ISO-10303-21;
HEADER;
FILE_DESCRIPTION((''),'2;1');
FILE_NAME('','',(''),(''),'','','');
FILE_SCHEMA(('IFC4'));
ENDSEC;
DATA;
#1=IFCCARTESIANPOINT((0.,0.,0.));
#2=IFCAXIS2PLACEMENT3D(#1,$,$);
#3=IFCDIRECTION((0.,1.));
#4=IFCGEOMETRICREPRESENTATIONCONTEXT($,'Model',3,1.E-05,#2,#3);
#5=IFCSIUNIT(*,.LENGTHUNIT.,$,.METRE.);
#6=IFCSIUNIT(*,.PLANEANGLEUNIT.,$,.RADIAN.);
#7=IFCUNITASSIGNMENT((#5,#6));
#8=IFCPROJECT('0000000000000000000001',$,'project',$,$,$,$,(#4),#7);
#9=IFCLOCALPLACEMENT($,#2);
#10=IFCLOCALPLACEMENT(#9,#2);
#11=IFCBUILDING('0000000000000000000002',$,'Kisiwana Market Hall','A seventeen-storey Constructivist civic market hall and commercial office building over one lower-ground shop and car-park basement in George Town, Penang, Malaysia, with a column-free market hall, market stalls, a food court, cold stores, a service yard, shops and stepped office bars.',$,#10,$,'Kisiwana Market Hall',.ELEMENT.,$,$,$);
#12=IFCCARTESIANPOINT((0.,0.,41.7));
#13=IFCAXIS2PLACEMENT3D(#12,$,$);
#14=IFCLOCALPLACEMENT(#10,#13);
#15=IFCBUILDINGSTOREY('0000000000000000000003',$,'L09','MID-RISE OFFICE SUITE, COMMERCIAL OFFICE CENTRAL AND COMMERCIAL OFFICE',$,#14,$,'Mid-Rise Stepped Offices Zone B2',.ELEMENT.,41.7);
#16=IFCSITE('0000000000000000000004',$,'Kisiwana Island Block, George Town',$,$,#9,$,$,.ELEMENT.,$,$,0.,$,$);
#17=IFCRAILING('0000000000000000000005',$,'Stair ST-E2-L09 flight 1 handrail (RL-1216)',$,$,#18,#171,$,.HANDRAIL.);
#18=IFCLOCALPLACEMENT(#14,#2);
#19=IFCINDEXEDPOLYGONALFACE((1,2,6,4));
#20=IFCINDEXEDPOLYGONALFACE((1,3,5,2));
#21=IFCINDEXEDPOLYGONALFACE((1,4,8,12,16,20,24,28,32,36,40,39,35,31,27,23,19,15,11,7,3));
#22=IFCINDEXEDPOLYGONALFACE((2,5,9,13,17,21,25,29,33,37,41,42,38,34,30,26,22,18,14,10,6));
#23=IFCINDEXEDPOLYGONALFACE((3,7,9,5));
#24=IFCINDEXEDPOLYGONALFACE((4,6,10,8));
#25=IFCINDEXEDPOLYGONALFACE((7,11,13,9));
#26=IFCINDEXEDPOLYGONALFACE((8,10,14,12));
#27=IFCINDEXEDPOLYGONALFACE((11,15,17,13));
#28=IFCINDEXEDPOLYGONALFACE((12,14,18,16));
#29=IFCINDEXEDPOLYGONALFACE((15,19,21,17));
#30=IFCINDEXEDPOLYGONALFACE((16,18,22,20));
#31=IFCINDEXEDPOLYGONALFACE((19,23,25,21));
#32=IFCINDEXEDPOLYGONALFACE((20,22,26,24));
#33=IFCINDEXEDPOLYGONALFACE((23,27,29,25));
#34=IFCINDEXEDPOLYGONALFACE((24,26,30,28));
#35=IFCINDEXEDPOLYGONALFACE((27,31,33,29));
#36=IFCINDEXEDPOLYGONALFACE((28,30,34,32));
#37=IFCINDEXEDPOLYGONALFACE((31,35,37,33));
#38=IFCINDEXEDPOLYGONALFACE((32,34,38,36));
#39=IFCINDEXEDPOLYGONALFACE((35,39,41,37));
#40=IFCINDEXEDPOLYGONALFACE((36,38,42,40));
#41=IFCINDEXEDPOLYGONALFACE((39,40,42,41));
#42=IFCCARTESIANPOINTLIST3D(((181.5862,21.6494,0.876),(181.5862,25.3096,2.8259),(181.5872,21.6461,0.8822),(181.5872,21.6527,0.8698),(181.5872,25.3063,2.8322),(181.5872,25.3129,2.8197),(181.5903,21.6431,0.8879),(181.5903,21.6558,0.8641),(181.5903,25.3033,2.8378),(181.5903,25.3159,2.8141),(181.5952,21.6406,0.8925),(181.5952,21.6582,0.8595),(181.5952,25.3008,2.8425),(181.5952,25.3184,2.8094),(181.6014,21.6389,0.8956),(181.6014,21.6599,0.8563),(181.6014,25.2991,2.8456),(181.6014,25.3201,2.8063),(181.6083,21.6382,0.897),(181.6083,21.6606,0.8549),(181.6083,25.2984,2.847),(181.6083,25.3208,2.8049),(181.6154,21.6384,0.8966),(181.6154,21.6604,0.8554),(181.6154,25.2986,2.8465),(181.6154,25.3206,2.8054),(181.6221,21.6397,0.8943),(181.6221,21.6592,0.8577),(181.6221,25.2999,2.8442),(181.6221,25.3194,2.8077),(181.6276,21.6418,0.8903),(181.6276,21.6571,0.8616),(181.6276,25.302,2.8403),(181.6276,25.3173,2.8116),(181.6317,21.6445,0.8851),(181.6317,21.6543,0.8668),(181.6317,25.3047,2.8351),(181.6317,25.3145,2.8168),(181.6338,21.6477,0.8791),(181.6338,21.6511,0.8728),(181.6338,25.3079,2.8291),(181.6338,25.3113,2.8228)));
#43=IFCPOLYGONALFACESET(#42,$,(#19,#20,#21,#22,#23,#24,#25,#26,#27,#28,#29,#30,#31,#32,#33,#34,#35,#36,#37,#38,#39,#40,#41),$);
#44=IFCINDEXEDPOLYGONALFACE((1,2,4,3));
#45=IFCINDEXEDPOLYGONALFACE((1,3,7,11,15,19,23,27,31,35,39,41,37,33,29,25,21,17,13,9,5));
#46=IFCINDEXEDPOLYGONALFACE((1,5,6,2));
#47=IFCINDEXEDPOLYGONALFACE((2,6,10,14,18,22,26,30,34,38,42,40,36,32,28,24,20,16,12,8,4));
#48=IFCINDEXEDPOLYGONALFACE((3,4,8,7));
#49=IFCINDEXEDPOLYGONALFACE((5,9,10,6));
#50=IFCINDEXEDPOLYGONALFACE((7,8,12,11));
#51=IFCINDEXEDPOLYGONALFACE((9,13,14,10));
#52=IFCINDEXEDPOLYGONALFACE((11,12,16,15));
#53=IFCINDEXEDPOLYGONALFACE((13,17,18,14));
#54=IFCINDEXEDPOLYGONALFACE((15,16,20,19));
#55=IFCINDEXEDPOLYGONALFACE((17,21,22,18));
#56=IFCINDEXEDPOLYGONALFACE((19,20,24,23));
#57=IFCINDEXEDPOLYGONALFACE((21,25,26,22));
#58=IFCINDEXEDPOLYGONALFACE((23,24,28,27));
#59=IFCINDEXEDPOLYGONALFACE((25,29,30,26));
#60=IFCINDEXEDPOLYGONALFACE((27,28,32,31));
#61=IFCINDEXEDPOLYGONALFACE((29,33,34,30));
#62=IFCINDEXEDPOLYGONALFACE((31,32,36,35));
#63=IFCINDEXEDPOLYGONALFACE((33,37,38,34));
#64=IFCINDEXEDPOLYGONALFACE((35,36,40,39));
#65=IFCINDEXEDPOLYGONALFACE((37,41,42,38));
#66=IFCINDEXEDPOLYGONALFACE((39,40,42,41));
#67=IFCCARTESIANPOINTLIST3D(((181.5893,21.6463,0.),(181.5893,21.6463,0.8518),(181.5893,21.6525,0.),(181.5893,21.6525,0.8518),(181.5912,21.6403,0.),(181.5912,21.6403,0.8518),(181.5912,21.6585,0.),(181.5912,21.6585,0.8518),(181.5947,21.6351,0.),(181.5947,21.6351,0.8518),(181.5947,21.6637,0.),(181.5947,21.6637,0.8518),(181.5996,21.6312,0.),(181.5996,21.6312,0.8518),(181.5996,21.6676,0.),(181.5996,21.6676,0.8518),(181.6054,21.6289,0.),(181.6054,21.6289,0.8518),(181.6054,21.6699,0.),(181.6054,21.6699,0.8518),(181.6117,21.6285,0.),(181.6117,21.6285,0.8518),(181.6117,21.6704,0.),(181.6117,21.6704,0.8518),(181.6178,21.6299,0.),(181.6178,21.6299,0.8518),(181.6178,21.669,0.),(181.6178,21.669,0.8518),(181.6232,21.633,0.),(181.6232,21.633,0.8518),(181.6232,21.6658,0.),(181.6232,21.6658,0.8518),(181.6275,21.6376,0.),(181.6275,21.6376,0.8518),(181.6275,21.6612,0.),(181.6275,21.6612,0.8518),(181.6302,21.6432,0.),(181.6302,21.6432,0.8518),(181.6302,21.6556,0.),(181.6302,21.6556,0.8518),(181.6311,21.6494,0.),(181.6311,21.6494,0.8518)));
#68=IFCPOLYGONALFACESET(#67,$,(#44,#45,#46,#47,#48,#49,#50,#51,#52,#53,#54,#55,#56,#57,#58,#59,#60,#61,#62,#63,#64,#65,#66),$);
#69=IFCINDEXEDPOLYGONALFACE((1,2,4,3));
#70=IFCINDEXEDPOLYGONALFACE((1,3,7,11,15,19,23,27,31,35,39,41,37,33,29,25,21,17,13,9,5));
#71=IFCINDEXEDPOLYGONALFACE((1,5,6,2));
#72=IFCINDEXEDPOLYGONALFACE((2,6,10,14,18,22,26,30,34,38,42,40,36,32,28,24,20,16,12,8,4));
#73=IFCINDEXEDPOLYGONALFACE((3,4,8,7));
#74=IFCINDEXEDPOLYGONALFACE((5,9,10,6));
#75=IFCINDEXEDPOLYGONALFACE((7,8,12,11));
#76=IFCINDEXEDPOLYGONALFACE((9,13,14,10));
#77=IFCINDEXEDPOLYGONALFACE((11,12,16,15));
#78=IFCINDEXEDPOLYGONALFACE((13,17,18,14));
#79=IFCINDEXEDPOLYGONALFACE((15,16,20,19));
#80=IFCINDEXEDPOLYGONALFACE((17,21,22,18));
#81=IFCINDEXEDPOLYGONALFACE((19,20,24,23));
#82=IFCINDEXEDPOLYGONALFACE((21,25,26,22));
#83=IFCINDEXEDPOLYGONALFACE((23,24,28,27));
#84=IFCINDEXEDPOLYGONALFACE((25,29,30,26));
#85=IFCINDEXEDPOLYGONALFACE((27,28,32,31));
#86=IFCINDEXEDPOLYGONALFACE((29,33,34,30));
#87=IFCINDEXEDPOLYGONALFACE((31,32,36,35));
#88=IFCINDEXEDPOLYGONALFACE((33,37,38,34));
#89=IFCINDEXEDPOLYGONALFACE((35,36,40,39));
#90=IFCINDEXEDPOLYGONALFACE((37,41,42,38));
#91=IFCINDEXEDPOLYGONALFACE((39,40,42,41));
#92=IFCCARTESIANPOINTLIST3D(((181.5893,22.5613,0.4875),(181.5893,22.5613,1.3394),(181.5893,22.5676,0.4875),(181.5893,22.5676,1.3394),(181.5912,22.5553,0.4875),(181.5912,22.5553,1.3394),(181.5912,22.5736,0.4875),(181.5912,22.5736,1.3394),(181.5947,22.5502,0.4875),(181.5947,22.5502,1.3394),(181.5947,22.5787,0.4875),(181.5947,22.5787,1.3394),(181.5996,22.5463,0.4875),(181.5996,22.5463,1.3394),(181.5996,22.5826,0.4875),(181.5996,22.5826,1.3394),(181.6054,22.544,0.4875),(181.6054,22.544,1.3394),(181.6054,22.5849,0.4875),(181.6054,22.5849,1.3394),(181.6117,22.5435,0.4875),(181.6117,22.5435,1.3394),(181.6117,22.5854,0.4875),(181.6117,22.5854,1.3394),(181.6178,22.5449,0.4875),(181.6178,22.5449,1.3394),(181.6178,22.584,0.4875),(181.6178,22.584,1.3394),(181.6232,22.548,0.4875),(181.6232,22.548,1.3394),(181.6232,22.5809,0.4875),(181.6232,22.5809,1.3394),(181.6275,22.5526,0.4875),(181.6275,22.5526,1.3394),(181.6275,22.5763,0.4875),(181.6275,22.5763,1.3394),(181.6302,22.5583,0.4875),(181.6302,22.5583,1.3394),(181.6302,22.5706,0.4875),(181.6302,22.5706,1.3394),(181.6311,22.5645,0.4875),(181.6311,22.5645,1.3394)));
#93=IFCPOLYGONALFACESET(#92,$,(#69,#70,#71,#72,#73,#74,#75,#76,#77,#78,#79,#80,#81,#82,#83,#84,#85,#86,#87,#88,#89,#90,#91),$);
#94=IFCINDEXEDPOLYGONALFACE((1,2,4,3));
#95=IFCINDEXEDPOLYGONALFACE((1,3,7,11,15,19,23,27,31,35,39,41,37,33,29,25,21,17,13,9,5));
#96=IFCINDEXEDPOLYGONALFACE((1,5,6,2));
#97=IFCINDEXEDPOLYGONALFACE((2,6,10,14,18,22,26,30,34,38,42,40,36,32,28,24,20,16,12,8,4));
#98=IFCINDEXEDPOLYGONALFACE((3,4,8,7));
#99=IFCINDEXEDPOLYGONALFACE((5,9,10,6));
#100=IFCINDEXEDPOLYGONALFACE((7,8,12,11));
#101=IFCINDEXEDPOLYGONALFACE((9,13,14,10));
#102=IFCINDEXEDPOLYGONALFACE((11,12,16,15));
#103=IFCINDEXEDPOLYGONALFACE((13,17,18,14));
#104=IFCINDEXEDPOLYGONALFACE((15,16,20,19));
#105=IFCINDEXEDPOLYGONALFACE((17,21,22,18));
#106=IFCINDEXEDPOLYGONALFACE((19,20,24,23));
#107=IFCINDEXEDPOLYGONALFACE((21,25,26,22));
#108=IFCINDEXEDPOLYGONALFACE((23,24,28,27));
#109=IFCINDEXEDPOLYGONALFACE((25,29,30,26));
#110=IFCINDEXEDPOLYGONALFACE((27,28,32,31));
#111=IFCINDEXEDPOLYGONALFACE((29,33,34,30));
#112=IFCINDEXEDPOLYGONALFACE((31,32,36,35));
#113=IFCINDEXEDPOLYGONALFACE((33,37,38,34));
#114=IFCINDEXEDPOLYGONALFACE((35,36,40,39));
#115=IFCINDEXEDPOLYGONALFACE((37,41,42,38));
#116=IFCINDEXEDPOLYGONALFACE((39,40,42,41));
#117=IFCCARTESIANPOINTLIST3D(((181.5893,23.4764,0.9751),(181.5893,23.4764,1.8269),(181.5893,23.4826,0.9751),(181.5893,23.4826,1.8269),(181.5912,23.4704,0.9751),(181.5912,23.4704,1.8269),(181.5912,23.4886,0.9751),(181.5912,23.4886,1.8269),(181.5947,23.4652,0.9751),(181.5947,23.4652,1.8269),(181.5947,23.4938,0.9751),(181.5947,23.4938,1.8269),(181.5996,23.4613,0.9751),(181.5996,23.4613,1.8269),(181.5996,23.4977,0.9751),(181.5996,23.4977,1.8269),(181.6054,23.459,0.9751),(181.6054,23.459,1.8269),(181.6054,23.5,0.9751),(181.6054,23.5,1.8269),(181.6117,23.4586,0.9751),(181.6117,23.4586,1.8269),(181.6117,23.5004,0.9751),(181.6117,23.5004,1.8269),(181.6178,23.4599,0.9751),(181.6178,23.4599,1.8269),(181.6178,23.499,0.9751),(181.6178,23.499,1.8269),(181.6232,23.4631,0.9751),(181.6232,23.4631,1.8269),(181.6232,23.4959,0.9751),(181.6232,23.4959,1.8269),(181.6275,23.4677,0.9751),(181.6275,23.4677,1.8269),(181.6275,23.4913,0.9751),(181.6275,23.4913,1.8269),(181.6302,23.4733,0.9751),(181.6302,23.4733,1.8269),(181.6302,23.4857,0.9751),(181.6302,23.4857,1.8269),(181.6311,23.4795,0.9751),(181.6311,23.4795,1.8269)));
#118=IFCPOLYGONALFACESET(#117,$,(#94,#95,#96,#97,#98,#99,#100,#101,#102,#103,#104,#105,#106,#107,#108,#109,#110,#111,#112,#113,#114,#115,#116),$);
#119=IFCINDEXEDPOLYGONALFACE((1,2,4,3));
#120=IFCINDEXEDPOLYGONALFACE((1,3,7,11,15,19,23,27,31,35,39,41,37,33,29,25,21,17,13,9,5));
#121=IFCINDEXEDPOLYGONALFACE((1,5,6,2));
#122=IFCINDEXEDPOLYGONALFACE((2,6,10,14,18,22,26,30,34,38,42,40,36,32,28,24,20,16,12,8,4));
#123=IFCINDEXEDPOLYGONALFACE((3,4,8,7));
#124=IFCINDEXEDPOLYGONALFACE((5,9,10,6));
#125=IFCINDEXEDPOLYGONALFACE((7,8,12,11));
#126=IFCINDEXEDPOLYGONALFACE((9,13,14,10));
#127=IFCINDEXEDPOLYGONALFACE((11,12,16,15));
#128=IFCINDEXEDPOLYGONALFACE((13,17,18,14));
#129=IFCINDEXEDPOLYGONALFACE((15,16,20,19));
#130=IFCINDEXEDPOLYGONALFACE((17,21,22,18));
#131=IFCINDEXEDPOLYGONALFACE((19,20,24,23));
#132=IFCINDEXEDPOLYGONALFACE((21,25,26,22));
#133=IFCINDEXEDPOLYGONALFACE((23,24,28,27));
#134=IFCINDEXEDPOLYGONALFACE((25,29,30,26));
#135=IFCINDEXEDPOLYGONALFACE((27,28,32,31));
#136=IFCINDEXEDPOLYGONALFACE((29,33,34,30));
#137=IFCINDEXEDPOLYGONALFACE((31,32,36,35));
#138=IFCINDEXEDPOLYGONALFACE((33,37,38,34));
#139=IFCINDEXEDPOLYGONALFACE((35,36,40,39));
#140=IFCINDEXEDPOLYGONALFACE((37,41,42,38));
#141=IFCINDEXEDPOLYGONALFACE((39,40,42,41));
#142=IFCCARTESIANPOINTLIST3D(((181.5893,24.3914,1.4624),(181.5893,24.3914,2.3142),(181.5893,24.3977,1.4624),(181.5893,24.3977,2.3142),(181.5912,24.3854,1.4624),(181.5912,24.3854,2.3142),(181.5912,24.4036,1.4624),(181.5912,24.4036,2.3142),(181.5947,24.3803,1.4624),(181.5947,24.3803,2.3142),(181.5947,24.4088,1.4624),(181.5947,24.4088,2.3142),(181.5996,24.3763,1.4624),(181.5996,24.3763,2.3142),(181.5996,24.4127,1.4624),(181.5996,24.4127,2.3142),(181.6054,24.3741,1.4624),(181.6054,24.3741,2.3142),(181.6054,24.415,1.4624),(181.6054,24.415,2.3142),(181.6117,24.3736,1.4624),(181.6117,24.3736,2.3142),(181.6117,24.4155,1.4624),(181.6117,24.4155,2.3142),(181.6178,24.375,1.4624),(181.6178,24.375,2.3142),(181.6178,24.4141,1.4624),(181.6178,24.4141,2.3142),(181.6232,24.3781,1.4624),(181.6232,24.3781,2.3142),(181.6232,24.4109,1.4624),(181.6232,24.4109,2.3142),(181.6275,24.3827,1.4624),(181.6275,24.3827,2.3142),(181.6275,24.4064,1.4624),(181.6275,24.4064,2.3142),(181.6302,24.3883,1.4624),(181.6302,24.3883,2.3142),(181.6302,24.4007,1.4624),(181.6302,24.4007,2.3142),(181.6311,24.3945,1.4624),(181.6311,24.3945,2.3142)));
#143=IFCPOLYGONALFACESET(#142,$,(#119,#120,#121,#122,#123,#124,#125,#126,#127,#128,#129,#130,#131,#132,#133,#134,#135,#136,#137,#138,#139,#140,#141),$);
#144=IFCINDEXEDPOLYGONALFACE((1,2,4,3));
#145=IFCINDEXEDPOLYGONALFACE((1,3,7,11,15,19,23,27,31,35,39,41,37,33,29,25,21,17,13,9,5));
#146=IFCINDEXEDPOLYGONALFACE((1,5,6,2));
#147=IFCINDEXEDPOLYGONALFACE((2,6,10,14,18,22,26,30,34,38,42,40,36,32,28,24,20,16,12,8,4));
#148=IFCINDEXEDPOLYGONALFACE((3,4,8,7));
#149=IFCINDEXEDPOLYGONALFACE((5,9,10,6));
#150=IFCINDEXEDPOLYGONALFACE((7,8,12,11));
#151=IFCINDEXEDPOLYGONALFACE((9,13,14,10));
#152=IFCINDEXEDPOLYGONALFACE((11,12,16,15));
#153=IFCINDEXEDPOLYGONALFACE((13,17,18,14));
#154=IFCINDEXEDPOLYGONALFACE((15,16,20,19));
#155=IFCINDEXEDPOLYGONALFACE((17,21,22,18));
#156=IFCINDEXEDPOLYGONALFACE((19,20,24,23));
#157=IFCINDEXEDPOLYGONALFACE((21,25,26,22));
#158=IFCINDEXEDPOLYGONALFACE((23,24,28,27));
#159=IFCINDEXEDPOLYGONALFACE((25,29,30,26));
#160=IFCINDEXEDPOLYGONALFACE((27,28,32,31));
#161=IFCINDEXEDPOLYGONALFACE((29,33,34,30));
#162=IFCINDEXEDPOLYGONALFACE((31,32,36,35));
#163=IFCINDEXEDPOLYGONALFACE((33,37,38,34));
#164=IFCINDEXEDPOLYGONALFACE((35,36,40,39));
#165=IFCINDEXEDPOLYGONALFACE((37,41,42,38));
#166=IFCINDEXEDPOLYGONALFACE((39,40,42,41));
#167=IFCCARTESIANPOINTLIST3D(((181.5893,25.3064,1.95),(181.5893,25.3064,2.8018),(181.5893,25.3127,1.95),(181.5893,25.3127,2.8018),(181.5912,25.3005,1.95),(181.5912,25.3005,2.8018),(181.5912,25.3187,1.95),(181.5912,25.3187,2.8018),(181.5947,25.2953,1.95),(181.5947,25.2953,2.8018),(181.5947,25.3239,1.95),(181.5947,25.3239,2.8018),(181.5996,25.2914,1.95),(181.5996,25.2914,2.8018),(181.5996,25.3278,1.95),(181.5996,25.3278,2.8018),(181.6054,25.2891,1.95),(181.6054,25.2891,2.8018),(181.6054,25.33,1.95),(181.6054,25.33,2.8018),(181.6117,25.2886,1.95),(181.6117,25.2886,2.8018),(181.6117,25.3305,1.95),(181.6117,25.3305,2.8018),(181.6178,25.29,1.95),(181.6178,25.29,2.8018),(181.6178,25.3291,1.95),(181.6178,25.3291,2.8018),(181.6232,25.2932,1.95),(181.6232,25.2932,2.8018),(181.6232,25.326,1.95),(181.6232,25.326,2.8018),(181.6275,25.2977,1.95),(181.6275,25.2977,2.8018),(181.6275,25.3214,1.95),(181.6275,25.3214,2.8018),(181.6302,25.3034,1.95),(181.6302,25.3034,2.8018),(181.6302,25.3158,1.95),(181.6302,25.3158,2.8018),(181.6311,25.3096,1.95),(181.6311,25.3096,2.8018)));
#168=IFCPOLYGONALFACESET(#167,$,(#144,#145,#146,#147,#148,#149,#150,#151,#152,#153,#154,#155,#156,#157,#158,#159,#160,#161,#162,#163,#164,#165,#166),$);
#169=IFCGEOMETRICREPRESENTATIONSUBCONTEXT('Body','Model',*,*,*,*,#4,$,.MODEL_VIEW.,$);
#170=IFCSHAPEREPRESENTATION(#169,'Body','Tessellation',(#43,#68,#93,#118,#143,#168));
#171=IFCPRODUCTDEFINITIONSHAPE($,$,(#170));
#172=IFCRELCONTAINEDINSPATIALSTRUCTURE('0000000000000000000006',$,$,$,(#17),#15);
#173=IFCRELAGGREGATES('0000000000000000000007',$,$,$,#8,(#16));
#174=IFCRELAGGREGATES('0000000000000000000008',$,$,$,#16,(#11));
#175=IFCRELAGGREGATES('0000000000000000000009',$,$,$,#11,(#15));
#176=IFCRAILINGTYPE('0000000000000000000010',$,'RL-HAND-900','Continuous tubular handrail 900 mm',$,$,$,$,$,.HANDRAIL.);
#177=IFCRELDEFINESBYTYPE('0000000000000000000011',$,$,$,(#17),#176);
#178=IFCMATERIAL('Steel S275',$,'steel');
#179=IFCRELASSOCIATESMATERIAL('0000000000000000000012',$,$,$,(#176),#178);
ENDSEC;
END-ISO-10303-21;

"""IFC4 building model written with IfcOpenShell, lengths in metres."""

from ifc_helpers import new_model, si_unit, direction, frame, origin, origin_2d, place, context, subcontext, project, spatial, circle, extrude, material, type_object, element, save


model = new_model("IFC4")

# Units and contexts
model_context = context("Model", 3, precision=1e-05, world=origin(), true_north=direction((0.0, 1.0)))
body_context = subcontext(model_context, "Body", "Model", "MODEL_VIEW")
ifc_project = project(units=[si_unit("LENGTHUNIT", "METRE"), si_unit("PLANEANGLEUNIT", "RADIAN")], contexts=[model_context])

# Site, building, storey
site_placement = place(None, origin())
site = spatial("IfcSite", under=ifc_project, at=site_placement, Name="Kisiwana Island Block, George Town", CompositionType="ELEMENT", RefElevation=0.0)
building_placement = place(site_placement, origin())
building = spatial("IfcBuilding", under=site, at=building_placement, Name="Kisiwana Market Hall", Description="A seventeen-storey Constructivist civic market hall and commercial office building over one lower-ground shop and car-park basement in George Town, Penang, Malaysia, with a column-free market hall, market stalls, a food court, cold stores, a service yard, shops and stepped office bars.", LongName="Kisiwana Market Hall", CompositionType="ELEMENT")
storey_placement = place(building_placement, frame((0.0, 0.0, 41.7)))
storey = spatial("IfcBuildingStorey", under=building, at=storey_placement, Name="L09", Description="MID-RISE OFFICE SUITE, COMMERCIAL OFFICE CENTRAL AND COMMERCIAL OFFICE", LongName="Mid-Rise Stepped Offices Zone B2", CompositionType="ELEMENT", Elevation=41.7)

# Railing
ifc_material_1 = material(Name="Steel S275", Category="steel")
railing_type_1 = type_object("IfcRailingType", Name="RL-HAND-900", Description="Continuous tubular handrail 900 mm", PredefinedType="HANDRAIL", material=ifc_material_1)
railing_1_placement = place(storey_placement, frame((181.6101, 21.6494, 0.0)))
element("IfcRailing", 1, at=railing_1_placement, inside=storey, type_object=railing_type_1, Name="Stair ST-E2-L09 flight 1 handrail (RL-1216)", PredefinedType="HANDRAIL", context=body_context, shape_type="SweptSolid", body=[
    extrude(circle(Radius=0.0239, at=origin_2d()), frame((0.0, 0.0, 0.876), z_axis=(0.0, 0.882566, 0.470188), x_axis=(-1.0, 0.0, 0.0)), (0.0, 0.0, 1.0), 4.1472),
    extrude(circle(Radius=0.021, at=origin_2d()), origin(), (0.0, 0.0, 1.0), 0.8518),
    extrude(circle(Radius=0.021, at=origin_2d()), frame((0.0, 0.915, 0.4875)), (0.0, 0.0, 1.0), 0.8518),
    extrude(circle(Radius=0.021, at=origin_2d()), frame((0.0, 1.8301, 0.9751)), (0.0, 0.0, 1.0), 0.8518),
    extrude(circle(Radius=0.021, at=origin_2d()), frame((0.0, 2.7451, 1.4624)), (0.0, 0.0, 1.0), 0.8518),
    extrude(circle(Radius=0.021, at=origin_2d()), frame((0.0, 3.6602, 1.95)), (0.0, 0.0, 1.0), 0.8518),
])

save(model, "model.ifc")
